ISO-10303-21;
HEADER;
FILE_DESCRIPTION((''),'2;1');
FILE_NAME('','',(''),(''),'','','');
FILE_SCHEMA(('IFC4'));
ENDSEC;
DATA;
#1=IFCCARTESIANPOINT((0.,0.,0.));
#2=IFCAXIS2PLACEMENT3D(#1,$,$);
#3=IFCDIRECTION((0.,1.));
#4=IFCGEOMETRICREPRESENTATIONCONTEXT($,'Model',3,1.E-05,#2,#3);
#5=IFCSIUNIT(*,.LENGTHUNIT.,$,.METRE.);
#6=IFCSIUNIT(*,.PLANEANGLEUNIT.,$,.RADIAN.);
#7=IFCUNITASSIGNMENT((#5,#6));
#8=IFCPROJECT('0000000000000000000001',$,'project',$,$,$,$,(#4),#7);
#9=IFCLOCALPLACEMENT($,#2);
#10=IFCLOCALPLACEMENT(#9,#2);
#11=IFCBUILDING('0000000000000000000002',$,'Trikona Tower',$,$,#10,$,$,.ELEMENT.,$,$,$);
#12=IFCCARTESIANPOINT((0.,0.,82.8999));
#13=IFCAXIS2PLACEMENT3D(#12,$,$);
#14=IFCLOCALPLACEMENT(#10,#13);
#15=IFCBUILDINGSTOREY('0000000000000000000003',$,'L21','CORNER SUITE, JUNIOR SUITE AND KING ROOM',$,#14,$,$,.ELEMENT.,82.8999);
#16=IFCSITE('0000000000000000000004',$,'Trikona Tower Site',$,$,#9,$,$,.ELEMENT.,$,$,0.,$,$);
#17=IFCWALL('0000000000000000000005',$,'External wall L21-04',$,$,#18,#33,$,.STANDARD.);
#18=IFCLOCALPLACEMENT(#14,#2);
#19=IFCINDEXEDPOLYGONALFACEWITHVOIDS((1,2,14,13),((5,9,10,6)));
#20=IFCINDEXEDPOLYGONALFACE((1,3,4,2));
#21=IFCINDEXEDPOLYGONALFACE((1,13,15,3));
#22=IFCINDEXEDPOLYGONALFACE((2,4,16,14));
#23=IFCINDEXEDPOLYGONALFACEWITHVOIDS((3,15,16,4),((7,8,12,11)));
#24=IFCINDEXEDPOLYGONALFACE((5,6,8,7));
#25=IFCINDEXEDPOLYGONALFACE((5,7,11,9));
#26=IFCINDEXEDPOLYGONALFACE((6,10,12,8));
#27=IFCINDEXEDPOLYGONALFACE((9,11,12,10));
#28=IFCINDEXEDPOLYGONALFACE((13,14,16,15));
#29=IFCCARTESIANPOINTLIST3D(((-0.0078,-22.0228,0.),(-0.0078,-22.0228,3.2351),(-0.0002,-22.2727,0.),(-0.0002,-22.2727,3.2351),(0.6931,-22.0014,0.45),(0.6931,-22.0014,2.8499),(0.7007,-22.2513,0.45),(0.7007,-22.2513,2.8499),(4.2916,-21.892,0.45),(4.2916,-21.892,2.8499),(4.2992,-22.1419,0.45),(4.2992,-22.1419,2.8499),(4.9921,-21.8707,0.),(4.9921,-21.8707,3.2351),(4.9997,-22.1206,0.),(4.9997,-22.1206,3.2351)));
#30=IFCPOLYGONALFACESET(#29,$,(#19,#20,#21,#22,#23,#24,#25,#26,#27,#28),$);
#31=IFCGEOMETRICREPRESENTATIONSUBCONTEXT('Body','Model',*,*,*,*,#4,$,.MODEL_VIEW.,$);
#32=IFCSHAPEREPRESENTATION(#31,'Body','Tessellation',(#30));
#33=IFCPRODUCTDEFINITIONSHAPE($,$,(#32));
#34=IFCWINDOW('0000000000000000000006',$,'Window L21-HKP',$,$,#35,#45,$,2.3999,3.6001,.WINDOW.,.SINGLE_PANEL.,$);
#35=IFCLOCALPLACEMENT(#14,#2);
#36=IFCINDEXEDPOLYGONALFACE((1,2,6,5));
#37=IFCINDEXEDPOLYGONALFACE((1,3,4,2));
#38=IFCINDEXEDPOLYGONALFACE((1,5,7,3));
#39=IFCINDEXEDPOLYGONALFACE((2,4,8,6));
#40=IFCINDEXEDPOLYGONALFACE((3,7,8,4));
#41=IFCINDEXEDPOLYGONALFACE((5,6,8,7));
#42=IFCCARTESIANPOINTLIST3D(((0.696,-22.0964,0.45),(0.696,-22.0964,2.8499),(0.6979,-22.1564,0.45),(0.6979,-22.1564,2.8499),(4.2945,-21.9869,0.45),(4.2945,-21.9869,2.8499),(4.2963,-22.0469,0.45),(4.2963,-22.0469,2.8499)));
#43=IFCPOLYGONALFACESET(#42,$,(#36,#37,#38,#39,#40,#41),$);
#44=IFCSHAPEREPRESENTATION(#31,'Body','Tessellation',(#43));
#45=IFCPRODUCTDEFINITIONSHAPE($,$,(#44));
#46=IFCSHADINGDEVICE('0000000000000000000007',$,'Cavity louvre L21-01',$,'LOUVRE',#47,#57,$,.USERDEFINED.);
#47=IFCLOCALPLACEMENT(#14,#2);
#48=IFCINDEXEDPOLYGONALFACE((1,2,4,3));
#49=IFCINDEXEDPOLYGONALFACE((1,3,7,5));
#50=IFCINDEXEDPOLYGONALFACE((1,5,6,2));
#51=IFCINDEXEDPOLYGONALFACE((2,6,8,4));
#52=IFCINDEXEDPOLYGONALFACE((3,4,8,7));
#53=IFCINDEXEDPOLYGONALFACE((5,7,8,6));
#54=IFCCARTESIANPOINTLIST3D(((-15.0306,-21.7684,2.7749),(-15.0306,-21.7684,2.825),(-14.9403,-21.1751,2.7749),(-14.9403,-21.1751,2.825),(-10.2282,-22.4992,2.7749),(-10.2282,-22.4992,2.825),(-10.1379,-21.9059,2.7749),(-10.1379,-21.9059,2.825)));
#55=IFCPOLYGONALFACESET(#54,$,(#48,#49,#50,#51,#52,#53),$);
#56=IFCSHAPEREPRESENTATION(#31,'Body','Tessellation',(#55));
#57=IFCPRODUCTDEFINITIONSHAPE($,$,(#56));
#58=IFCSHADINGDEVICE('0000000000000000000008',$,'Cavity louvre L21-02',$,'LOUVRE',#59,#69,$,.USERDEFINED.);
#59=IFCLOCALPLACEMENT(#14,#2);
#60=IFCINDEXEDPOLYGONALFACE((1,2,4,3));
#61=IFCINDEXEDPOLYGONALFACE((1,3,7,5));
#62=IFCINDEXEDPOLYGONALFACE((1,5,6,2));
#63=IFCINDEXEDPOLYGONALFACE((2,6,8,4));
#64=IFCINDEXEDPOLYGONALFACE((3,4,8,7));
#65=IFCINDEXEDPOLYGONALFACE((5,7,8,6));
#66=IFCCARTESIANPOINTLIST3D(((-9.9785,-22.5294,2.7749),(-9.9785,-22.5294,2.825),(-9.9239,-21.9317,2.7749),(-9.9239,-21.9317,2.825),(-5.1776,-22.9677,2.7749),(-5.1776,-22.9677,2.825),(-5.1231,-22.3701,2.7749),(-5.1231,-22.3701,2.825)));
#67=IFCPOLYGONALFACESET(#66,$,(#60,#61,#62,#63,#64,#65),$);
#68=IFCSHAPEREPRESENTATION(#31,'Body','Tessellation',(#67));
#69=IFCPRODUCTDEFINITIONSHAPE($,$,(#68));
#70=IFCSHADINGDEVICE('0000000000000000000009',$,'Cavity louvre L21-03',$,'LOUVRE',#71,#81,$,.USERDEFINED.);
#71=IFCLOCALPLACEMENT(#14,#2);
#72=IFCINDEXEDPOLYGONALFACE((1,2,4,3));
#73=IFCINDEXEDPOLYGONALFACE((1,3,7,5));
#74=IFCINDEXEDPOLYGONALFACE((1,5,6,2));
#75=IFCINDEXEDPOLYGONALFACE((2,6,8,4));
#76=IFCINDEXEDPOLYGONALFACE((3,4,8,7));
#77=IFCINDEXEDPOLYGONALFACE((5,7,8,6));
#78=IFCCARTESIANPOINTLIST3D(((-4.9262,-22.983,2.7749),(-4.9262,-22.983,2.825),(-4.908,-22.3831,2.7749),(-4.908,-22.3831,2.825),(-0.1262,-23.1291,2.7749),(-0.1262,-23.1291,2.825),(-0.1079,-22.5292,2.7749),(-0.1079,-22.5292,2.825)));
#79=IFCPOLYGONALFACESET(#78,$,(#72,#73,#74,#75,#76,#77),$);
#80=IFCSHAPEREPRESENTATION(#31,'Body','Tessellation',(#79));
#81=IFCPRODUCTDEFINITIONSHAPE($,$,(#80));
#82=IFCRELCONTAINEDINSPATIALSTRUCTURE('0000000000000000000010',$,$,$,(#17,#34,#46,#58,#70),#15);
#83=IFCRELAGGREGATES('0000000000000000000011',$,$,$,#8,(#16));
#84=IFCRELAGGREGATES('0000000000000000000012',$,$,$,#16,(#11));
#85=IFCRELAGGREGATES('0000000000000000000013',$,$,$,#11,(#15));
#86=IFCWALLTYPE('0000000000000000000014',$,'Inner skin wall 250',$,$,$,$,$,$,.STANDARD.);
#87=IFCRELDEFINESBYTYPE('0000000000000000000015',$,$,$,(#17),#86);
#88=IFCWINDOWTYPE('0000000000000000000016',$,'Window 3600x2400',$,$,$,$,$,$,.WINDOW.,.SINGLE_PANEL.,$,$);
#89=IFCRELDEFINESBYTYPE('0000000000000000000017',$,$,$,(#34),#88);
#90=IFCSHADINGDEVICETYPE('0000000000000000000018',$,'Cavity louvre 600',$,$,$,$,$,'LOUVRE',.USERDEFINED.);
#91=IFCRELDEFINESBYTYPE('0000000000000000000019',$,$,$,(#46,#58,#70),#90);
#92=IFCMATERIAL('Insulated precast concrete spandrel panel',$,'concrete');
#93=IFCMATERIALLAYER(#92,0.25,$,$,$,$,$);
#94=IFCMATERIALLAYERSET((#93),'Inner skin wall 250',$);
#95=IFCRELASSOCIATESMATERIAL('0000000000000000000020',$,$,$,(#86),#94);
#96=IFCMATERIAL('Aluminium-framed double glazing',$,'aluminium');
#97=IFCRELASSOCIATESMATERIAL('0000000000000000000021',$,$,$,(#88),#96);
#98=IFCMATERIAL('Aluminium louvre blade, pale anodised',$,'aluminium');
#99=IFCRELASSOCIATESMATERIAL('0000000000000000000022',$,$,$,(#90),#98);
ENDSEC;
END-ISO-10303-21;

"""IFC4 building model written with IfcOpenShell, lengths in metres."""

from ifc_helpers import new_model, si_unit, direction, frame, frame_2d, origin, origin_2d, place, context, subcontext, project, spatial, rectangle, extrude, material, layer, layer_set, type_object, element, fill, save


model = new_model("IFC4")

# Units and contexts
model_context = context("Model", 3, precision=1e-05, world=origin(), true_north=direction((0.0, 1.0)))
body_context = subcontext(model_context, "Body", "Model", "MODEL_VIEW")
ifc_project = project(units=[si_unit("LENGTHUNIT", "METRE"), si_unit("PLANEANGLEUNIT", "RADIAN")], contexts=[model_context])

# Site, building, storey
site_placement = place(None, origin())
site = spatial("IfcSite", under=ifc_project, at=site_placement, Name="Trikona Tower Site", CompositionType="ELEMENT", RefElevation=0.0)
building_placement = place(site_placement, origin())
building = spatial("IfcBuilding", under=site, at=building_placement, Name="Trikona Tower", CompositionType="ELEMENT")
storey_placement = place(building_placement, frame((0.0, 0.0, 82.8999)))
storey = spatial("IfcBuildingStorey", under=building, at=storey_placement, Name="L21", Description="CORNER SUITE, JUNIOR SUITE AND KING ROOM", CompositionType="ELEMENT", Elevation=82.8999)

# Wall, opening, window
ifc_material_1 = material(Name="Insulated precast concrete spandrel panel", Category="concrete")
ifc_layer_1 = layer(ifc_material_1, 0.25)
ifc_layer_set_1 = layer_set([ifc_layer_1], Name="Inner skin wall 250")
wall_type = type_object("IfcWallType", Name="Inner skin wall 250", PredefinedType="STANDARD", material=ifc_layer_set_1)
ifc_material_2 = material(Name="Aluminium-framed double glazing", Category="aluminium")
window_type = type_object("IfcWindowType", Name="Window 3600x2400", PartitioningType="SINGLE_PANEL", PredefinedType="WINDOW", material=ifc_material_2)
wall_1_placement = place(storey_placement, frame((-0.0039, -22.1477, 0.0), z_axis=(0.0, 0.0, 1.0), x_axis=(0.999538, 0.030406, 0.0)))
wall_1 = element("IfcWall", 1, at=wall_1_placement, inside=storey, type_object=wall_type, Name="External wall L21-04", PredefinedType="STANDARD", context=body_context, shape_type="SweptSolid", body=[
    extrude(rectangle(XDim=5.0022, YDim=0.25, at=frame_2d((2.501, 0.0))), origin(), (0.0, 0.0, 1.0), 3.2351),
])
opening_1_placement = place(wall_1_placement, frame((0.7012, 0.0, 0.45)))
opening_1 = element("IfcOpeningElement", 2, at=opening_1_placement, cuts=wall_1, PredefinedType="OPENING", context=body_context, shape_type="SweptSolid", body=[
    extrude(rectangle(XDim=3.6001, YDim=2.3999, at=frame_2d((1.8, 1.2))), frame((0.0, 0.135, 0.0), z_axis=(0.0, -1.0, 0.0), x_axis=(1.0, 0.0, 0.0)), (0.0, 0.0, 1.0), 0.27),
])
window_1_placement = place(opening_1_placement, origin())
window_1 = element("IfcWindow", 3, at=window_1_placement, inside=storey, type_object=window_type, Name="Window L21-HKP", OverallHeight=2.3999, OverallWidth=3.6001, PartitioningType="SINGLE_PANEL", PredefinedType="WINDOW", context=body_context, shape_type="SweptSolid", body=[
    extrude(rectangle(XDim=3.6001, YDim=2.3999, at=frame_2d((1.8, 1.2))), frame((0.0, 0.03, 0.0), z_axis=(0.0, -1.0, 0.0), x_axis=(1.0, 0.0, 0.0)), (0.0, 0.0, 1.0), 0.0601),
])
fill(opening_1, window_1)

# Shading devices
ifc_material_3 = material(Name="Aluminium louvre blade, pale anodised", Category="aluminium")
shading_device_type = type_object("IfcShadingDeviceType", Name="Cavity louvre 600", ElementType="LOUVRE", PredefinedType="USERDEFINED", material=ifc_material_3)
shading_device_1_placement = place(storey_placement, frame((-12.5842, -21.8372, 2.7749), z_axis=(0.0, 0.0, 1.0), x_axis=(0.988618, -0.150448, 0.0)))
element("IfcShadingDevice", 4, at=shading_device_1_placement, inside=storey, type_object=shading_device_type, Name="Cavity louvre L21-01", ObjectType="LOUVRE", PredefinedType="USERDEFINED", context=body_context, shape_type="SweptSolid", body=[
    extrude(rectangle(XDim=4.8577, YDim=0.6001, at=origin_2d()), origin(), (0.0, 0.0, 1.0), 0.05),
])
shading_device_2_placement = place(storey_placement, frame((-7.5508, -22.4497, 2.7749), z_axis=(0.0, 0.0, 1.0), x_axis=(0.995858, -0.090921, 0.0)))
element("IfcShadingDevice", 5, at=shading_device_2_placement, inside=storey, type_object=shading_device_type, Name="Cavity louvre L21-02", ObjectType="LOUVRE", PredefinedType="USERDEFINED", context=body_context, shape_type="SweptSolid", body=[
    extrude(rectangle(XDim=4.8208, YDim=0.6001, at=origin_2d()), origin(), (0.0, 0.0, 1.0), 0.05),
])
shading_device_3_placement = place(storey_placement, frame((-2.5171, -22.7561, 2.7749), z_axis=(0.0, 0.0, 1.0), x_axis=(0.999537, -0.030425, 0.0)))
element("IfcShadingDevice", 6, at=shading_device_3_placement, inside=storey, type_object=shading_device_type, Name="Cavity louvre L21-03", ObjectType="LOUVRE", PredefinedType="USERDEFINED", context=body_context, shape_type="SweptSolid", body=[
    extrude(rectangle(XDim=4.8022, YDim=0.6001, at=origin_2d()), origin(), (0.0, 0.0, 1.0), 0.05),
])

save(model, "model.ifc")
